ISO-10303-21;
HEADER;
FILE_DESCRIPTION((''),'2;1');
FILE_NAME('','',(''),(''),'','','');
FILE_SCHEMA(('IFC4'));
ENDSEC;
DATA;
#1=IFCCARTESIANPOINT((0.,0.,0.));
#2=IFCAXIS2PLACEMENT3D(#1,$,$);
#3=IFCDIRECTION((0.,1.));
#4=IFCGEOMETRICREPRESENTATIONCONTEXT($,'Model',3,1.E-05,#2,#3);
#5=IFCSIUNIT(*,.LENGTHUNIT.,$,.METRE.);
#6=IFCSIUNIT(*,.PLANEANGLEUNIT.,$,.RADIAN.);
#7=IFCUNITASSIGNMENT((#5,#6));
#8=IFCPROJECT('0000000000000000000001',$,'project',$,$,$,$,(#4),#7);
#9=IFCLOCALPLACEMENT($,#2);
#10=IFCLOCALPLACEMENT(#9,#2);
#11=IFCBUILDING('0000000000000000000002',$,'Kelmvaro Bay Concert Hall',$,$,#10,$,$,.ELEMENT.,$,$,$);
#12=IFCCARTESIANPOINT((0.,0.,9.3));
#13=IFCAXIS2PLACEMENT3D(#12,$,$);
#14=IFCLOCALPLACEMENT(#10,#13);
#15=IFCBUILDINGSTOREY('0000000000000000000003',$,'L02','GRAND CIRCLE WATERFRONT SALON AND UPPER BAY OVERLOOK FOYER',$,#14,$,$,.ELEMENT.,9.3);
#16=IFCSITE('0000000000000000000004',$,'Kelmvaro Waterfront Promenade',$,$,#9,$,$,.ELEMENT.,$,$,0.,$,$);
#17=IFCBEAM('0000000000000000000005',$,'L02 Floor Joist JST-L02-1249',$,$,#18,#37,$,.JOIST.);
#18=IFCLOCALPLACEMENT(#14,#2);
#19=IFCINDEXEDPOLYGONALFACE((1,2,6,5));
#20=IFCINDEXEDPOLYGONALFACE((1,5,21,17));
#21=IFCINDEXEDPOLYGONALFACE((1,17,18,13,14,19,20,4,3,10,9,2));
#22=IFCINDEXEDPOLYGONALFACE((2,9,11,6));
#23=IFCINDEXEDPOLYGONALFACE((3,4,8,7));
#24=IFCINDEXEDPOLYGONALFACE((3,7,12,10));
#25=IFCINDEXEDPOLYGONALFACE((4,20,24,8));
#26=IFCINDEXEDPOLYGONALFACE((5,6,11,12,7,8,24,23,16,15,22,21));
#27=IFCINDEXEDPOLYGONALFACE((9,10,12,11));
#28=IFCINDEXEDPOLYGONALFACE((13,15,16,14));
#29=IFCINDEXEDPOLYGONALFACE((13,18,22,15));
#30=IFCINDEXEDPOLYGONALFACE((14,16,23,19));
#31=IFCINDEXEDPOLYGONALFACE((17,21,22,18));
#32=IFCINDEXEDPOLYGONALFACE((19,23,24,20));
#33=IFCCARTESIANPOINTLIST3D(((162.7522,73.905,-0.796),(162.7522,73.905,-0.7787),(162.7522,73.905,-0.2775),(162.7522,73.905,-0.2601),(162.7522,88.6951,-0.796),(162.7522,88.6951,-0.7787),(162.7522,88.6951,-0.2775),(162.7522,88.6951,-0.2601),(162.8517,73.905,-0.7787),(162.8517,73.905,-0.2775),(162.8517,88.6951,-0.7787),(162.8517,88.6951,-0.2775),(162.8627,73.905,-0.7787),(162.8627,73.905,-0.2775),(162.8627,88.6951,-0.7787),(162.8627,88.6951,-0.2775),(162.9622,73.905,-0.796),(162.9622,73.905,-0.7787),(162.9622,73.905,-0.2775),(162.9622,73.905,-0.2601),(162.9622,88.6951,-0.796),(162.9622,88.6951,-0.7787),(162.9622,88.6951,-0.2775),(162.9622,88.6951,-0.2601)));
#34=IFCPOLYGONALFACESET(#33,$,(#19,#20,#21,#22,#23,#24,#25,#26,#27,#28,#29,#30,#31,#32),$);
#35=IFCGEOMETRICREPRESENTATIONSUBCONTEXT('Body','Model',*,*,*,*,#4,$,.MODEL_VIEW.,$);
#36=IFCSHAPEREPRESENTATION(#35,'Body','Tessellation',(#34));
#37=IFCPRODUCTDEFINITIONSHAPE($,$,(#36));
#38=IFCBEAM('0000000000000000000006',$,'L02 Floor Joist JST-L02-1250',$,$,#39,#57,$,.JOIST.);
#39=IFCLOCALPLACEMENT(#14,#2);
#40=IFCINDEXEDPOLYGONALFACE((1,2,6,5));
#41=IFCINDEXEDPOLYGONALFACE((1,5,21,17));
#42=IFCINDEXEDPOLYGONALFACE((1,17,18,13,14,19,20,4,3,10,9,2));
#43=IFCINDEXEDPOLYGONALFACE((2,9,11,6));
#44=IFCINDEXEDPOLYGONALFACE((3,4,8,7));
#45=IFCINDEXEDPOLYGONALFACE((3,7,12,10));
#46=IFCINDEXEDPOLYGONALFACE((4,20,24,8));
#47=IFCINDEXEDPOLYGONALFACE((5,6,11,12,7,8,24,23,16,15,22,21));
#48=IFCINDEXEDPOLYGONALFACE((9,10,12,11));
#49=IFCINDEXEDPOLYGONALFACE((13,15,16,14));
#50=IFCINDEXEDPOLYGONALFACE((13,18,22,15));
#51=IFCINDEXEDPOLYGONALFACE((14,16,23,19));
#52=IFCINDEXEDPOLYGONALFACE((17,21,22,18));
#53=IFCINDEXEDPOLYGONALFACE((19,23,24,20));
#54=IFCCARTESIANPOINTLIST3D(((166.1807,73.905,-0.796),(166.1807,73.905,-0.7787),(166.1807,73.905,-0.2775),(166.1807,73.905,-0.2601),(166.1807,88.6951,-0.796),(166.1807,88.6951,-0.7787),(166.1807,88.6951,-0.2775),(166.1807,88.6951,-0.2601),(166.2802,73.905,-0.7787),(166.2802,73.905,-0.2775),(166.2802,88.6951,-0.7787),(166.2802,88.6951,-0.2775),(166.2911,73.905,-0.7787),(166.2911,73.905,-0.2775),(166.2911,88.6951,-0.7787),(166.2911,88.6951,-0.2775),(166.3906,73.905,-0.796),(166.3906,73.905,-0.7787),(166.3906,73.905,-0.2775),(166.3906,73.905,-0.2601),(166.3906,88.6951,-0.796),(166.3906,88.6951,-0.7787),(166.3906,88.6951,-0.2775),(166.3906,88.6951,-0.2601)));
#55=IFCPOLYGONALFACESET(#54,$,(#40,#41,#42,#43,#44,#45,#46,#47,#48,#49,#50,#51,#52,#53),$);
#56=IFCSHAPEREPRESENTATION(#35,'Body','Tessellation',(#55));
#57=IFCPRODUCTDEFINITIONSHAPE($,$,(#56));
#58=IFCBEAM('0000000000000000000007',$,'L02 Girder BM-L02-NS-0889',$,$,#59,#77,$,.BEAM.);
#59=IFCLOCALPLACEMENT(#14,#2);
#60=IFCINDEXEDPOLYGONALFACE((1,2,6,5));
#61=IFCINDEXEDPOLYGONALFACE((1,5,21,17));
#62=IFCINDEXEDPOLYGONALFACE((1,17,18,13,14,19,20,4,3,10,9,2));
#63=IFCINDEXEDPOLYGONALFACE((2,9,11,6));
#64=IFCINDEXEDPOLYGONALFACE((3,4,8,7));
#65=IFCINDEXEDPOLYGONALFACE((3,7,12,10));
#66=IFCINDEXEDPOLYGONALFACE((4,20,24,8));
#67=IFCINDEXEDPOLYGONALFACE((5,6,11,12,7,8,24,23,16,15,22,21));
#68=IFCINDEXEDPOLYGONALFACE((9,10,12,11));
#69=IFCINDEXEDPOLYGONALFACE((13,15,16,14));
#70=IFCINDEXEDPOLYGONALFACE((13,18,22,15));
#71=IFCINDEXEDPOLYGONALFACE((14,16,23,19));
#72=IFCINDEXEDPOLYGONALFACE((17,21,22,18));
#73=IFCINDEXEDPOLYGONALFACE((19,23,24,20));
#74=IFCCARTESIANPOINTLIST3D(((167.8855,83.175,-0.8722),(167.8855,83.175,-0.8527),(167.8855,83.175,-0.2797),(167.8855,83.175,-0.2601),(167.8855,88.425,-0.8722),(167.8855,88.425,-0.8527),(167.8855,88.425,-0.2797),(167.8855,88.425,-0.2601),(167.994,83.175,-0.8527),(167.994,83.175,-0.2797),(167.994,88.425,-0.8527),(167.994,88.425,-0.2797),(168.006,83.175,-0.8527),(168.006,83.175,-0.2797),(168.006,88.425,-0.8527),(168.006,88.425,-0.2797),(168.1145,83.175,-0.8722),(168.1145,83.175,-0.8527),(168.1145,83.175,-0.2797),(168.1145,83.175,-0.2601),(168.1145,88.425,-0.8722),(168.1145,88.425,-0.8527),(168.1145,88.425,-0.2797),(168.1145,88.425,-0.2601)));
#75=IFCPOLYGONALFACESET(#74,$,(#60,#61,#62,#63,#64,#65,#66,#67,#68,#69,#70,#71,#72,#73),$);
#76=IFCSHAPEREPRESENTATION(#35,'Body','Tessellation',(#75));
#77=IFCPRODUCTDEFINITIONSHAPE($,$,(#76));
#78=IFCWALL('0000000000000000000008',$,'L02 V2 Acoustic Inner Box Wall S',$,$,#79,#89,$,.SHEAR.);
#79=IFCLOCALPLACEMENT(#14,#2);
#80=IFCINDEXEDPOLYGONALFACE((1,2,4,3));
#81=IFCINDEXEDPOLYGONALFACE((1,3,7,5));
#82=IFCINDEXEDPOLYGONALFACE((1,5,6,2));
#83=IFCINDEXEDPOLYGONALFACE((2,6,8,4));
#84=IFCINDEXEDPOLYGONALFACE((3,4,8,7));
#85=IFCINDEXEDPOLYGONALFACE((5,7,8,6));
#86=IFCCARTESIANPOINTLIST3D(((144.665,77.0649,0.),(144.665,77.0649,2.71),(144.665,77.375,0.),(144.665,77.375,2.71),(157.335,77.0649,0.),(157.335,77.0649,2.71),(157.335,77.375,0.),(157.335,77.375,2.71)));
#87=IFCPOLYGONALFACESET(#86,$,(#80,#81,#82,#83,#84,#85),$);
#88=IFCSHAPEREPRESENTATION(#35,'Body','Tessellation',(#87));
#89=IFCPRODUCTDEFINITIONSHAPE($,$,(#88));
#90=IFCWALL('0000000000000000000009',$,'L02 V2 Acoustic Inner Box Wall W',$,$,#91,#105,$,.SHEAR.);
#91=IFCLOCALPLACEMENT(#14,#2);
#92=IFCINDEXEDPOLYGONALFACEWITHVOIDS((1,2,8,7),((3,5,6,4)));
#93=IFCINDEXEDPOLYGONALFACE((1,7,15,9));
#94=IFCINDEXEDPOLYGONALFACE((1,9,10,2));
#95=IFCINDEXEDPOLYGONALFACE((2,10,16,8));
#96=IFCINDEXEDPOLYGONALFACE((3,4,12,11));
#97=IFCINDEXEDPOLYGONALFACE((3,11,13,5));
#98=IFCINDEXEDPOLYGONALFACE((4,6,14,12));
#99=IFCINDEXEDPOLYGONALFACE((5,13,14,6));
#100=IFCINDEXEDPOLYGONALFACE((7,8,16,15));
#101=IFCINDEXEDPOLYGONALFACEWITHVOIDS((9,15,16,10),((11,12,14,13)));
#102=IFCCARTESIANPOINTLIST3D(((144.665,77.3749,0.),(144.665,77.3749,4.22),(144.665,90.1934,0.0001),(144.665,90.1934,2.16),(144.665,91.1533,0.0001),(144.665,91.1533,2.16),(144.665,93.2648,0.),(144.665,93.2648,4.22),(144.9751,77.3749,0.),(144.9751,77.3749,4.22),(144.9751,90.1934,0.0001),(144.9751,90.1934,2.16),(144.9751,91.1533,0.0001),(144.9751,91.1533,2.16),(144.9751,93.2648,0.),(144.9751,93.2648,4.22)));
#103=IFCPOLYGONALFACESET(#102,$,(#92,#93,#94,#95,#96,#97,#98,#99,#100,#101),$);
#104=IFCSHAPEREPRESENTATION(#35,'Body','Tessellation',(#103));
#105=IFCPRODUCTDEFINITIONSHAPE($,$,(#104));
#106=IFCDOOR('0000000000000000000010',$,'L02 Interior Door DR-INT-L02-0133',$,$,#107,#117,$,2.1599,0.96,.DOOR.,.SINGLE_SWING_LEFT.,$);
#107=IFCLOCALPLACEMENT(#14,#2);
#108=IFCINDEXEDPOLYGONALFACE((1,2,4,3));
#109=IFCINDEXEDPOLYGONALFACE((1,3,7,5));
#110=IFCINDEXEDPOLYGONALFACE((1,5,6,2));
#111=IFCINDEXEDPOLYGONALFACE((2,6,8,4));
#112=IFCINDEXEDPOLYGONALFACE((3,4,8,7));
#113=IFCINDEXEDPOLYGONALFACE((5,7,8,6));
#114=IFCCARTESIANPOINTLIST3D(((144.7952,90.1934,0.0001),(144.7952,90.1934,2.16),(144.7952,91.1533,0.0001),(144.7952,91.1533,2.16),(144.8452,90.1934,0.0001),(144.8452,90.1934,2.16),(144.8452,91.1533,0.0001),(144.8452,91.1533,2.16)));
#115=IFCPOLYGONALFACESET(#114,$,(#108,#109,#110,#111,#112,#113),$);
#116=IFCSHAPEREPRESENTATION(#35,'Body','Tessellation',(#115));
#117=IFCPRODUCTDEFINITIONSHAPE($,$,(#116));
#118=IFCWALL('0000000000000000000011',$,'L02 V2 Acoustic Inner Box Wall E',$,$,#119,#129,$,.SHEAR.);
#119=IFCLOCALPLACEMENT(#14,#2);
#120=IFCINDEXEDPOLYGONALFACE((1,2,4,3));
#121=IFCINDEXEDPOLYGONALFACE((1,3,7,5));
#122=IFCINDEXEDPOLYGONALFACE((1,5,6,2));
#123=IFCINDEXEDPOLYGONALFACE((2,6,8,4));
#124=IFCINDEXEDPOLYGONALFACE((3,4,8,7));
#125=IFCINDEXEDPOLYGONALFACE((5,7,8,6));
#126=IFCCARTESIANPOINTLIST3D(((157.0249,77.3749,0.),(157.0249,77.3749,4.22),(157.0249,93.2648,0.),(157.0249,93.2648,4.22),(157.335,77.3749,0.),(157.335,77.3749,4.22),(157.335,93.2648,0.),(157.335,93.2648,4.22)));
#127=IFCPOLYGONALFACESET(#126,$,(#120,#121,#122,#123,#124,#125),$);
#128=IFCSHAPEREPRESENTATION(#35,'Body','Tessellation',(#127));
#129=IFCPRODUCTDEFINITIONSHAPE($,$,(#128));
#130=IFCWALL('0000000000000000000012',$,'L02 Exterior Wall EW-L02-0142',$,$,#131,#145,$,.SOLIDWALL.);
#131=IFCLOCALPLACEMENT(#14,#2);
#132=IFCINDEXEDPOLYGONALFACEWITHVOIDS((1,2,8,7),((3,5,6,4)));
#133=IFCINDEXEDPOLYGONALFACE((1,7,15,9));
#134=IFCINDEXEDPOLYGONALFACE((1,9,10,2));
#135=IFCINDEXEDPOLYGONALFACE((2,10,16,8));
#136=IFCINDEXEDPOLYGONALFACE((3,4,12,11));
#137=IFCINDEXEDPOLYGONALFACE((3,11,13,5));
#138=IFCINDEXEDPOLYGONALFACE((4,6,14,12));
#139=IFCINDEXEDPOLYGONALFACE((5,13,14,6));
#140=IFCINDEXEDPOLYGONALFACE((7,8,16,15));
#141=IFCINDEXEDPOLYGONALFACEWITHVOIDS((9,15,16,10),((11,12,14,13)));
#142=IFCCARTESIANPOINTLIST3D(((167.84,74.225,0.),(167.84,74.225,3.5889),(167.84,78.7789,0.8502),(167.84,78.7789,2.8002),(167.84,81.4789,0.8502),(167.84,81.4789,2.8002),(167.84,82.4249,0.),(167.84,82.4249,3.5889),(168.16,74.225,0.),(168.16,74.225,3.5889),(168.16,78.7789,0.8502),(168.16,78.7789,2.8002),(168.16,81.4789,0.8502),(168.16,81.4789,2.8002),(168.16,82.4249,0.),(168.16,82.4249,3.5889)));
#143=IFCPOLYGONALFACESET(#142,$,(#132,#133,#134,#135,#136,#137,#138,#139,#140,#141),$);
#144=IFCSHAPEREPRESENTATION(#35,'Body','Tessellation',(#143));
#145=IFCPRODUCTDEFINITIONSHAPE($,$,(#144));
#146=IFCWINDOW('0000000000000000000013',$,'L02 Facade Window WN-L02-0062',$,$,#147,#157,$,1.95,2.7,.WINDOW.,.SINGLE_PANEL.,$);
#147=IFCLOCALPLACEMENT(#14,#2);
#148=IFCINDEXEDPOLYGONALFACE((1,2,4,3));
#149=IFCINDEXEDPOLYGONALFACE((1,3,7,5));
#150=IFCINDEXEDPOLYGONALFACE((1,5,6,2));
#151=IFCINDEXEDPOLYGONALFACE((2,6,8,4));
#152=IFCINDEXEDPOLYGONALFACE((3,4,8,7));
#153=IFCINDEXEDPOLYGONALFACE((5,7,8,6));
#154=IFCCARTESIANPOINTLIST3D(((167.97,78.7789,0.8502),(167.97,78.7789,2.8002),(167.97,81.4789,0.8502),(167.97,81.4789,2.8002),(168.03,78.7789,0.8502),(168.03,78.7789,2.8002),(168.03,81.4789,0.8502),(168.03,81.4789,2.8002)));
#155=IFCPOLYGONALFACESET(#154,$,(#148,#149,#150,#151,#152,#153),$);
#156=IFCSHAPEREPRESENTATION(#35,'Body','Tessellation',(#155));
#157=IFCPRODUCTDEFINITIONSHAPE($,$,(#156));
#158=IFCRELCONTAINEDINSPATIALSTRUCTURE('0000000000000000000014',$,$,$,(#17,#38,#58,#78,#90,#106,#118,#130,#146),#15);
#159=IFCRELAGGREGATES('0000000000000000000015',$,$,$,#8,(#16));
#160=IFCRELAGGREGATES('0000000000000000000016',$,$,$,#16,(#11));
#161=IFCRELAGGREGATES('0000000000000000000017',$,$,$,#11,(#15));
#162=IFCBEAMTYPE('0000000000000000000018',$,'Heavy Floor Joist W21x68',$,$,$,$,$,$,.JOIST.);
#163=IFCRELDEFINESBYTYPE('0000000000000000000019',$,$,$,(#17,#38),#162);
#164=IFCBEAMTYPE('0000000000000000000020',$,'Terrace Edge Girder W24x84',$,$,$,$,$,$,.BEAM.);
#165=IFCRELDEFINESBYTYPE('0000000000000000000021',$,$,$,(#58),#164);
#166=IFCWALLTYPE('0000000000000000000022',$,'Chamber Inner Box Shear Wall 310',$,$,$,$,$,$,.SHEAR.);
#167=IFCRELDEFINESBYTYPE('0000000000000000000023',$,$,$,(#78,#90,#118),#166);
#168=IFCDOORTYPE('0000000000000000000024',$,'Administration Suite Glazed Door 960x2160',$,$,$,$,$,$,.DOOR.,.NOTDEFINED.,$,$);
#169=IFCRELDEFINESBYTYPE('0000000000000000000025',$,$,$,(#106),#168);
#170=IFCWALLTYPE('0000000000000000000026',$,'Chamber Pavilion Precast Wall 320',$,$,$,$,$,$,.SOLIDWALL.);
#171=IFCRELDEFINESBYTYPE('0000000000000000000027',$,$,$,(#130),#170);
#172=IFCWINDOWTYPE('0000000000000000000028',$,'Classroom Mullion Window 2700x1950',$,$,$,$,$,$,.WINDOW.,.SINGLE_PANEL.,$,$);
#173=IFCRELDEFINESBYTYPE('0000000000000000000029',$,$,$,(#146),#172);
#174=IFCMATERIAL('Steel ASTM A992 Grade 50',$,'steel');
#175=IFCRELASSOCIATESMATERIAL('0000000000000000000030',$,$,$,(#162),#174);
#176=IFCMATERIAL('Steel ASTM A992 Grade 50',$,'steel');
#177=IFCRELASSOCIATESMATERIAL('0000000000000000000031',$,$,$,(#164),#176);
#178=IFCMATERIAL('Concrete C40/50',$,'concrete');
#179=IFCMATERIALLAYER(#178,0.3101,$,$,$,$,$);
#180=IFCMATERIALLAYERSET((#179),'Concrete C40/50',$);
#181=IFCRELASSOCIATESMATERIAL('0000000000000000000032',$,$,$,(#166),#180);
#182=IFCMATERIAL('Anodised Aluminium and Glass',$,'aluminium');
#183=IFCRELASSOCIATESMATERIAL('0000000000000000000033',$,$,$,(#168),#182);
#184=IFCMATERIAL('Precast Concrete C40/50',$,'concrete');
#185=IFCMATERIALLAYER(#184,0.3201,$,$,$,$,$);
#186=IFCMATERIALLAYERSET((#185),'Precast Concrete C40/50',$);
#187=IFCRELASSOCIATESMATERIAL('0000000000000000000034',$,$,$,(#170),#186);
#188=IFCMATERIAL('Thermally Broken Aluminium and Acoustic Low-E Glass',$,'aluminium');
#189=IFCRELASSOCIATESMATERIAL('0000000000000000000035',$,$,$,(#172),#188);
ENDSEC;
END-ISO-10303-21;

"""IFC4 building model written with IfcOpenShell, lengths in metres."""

from ifc_helpers import new_model, si_unit, direction, frame, frame_2d, origin, origin_2d, place, context, subcontext, project, spatial, rectangle, i_section, extrude, material, layer, layer_set, material_profile, profile_set, type_object, element, fill, save


model = new_model("IFC4")

# Units and contexts
model_context = context("Model", 3, precision=1e-05, world=origin(), true_north=direction((0.0, 1.0)))
body_context = subcontext(model_context, "Body", "Model", "MODEL_VIEW")
ifc_project = project(units=[si_unit("LENGTHUNIT", "METRE"), si_unit("PLANEANGLEUNIT", "RADIAN")], contexts=[model_context])

# Site, building, storey
site_placement = place(None, origin())
site = spatial("IfcSite", under=ifc_project, at=site_placement, Name="Kelmvaro Waterfront Promenade", CompositionType="ELEMENT", RefElevation=0.0)
building_placement = place(site_placement, origin())
building = spatial("IfcBuilding", under=site, at=building_placement, Name="Kelmvaro Bay Concert Hall", CompositionType="ELEMENT")
storey_placement = place(building_placement, frame((0.0, 0.0, 9.3)))
storey = spatial("IfcBuildingStorey", under=building, at=storey_placement, Name="L02", Description="GRAND CIRCLE WATERFRONT SALON AND UPPER BAY OVERLOOK FOYER", CompositionType="ELEMENT", Elevation=9.3)

# Beams
ifc_material_1 = material(Name="Steel ASTM A992 Grade 50", Category="steel")
ifc_material_profile_1 = material_profile(ifc_material_1, i_section(OverallWidth=0.21, OverallDepth=0.5359, WebThickness=0.011, FlangeThickness=0.0173, at=origin_2d()), Name="W21X68")
ifc_profile_set_1 = profile_set([ifc_material_profile_1], Name="Steel ASTM A992 Grade 50")
beam_type_1 = type_object("IfcBeamType", Name="Heavy Floor Joist W21x68", PredefinedType="JOIST", material=ifc_profile_set_1)
for number, where, z_axis, x_axis, name in (
    (1, (162.8572, 73.905, -0.5281), (0.0, 1.0, 0.0), (-1.0, 0.0, 0.0), "L02 Floor Joist JST-L02-1249"),
    (2, (166.2856, 73.905, -0.5281), (0.0, 1.0, 0.0), (-1.0, 0.0, 0.0), "L02 Floor Joist JST-L02-1250"),
):
    element("IfcBeam", number, at=place(storey_placement, frame(where, z_axis=z_axis, x_axis=x_axis)), inside=storey, type_object=beam_type_1, Name=name, PredefinedType="JOIST", context=body_context, shape_type="SweptSolid", body=[
        extrude(i_section(OverallWidth=0.21, OverallDepth=0.5359, WebThickness=0.011, FlangeThickness=0.0173, at=origin_2d()), origin(), (0.0, 0.0, 1.0), 14.79),
    ])
ifc_material_2 = material(Name="Steel ASTM A992 Grade 50", Category="steel")
ifc_material_profile_2 = material_profile(ifc_material_2, i_section(OverallWidth=0.229, OverallDepth=0.6121, WebThickness=0.012, FlangeThickness=0.0195, at=origin_2d()), Name="W24X84")
ifc_profile_set_2 = profile_set([ifc_material_profile_2], Name="Steel ASTM A992 Grade 50")
beam_type_2 = type_object("IfcBeamType", Name="Terrace Edge Girder W24x84", PredefinedType="BEAM", material=ifc_profile_set_2)
beam_1_placement = place(storey_placement, frame((168.0, 83.175, -0.5662), z_axis=(0.0, 1.0, 0.0), x_axis=(-1.0, 0.0, 0.0)))
element("IfcBeam", 3, at=beam_1_placement, inside=storey, type_object=beam_type_2, Name="L02 Girder BM-L02-NS-0889", PredefinedType="BEAM", context=body_context, shape_type="SweptSolid", body=[
    extrude(i_section(OverallWidth=0.229, OverallDepth=0.6121, WebThickness=0.012, FlangeThickness=0.0195, at=origin_2d()), origin(), (0.0, 0.0, 1.0), 5.25),
])

# Wall
ifc_material_3 = material(Name="Concrete C40/50", Category="concrete")
ifc_layer_1 = layer(ifc_material_3, 0.3101)
ifc_layer_set_1 = layer_set([ifc_layer_1], Name="Concrete C40/50")
wall_type_1 = type_object("IfcWallType", Name="Chamber Inner Box Shear Wall 310", PredefinedType="SHEAR", material=ifc_layer_set_1)
wall_1_placement = place(storey_placement, frame((144.665, 77.22, 0.0), z_axis=(0.0, 0.0, 1.0), x_axis=(1.0, 0.0, 0.0)))
element("IfcWall", 4, at=wall_1_placement, inside=storey, type_object=wall_type_1, Name="L02 V2 Acoustic Inner Box Wall S", PredefinedType="SHEAR", context=body_context, shape_type="SweptSolid", body=[
    extrude(rectangle(XDim=12.6699, YDim=0.3101, at=frame_2d((6.335, 0.0))), origin(), (0.0, 0.0, 1.0), 2.71),
])

# Wall, opening, door
wall_2_placement = place(storey_placement, frame((144.8201, 77.375, 0.0), z_axis=(0.0, 0.0, 1.0), x_axis=(0.0, 1.0, 0.0)))
wall_2 = element("IfcWall", 5, at=wall_2_placement, inside=storey, type_object=wall_type_1, Name="L02 V2 Acoustic Inner Box Wall W", PredefinedType="SHEAR", context=body_context, shape_type="SweptSolid", body=[
    extrude(rectangle(XDim=15.8899, YDim=0.3101, at=frame_2d((7.9448, 0.0))), origin(), (0.0, 0.0, 1.0), 4.22),
])
opening_1_placement = place(wall_2_placement, frame((12.8184, 0.0, 0.0)))
opening_1 = element("IfcOpeningElement", 6, at=opening_1_placement, cuts=wall_2, PredefinedType="OPENING", context=body_context, shape_type="SweptSolid", body=[
    extrude(rectangle(XDim=0.96, YDim=2.1599, at=frame_2d((0.48, 1.0801))), frame((0.0, 0.165, 0.0), z_axis=(0.0, -1.0, 0.0), x_axis=(1.0, 0.0, 0.0)), (0.0, 0.0, 1.0), 0.3301),
])
ifc_material_4 = material(Name="Anodised Aluminium and Glass", Category="aluminium")
door_type_1 = type_object("IfcDoorType", Name="Administration Suite Glazed Door 960x2160", OperationType="NOTDEFINED", PredefinedType="DOOR", material=ifc_material_4)
door_1_placement = place(opening_1_placement, origin())
door_1 = element("IfcDoor", 7, at=door_1_placement, inside=storey, type_object=door_type_1, Name="L02 Interior Door DR-INT-L02-0133", OperationType="SINGLE_SWING_LEFT", OverallHeight=2.1599, OverallWidth=0.96, PredefinedType="DOOR", context=body_context, shape_type="SweptSolid", body=[
    extrude(rectangle(XDim=0.96, YDim=2.1599, at=frame_2d((0.48, 1.0801))), frame((0.0, 0.0249, 0.0), z_axis=(0.0, -1.0, 0.0), x_axis=(1.0, 0.0, 0.0)), (0.0, 0.0, 1.0), 0.05),
])
fill(opening_1, door_1)

# Wall
wall_3_placement = place(storey_placement, frame((157.1799, 77.375, 0.0), z_axis=(0.0, 0.0, 1.0), x_axis=(0.0, 1.0, 0.0)))
element("IfcWall", 8, at=wall_3_placement, inside=storey, type_object=wall_type_1, Name="L02 V2 Acoustic Inner Box Wall E", PredefinedType="SHEAR", context=body_context, shape_type="SweptSolid", body=[
    extrude(rectangle(XDim=15.8899, YDim=0.3101, at=frame_2d((7.9448, 0.0))), origin(), (0.0, 0.0, 1.0), 4.22),
])

# Wall, opening, window
ifc_material_5 = material(Name="Precast Concrete C40/50", Category="concrete")
ifc_layer_2 = layer(ifc_material_5, 0.3201)
ifc_layer_set_2 = layer_set([ifc_layer_2], Name="Precast Concrete C40/50")
wall_type_2 = type_object("IfcWallType", Name="Chamber Pavilion Precast Wall 320", PredefinedType="SOLIDWALL", material=ifc_layer_set_2)
wall_4_placement = place(storey_placement, frame((168.0, 82.425, 0.0), z_axis=(0.0, 0.0, 1.0), x_axis=(0.0, -1.0, 0.0)))
wall_4 = element("IfcWall", 9, at=wall_4_placement, inside=storey, type_object=wall_type_2, Name="L02 Exterior Wall EW-L02-0142", PredefinedType="SOLIDWALL", context=body_context, shape_type="SweptSolid", body=[
    extrude(rectangle(XDim=8.2, YDim=0.3201, at=frame_2d((4.1001, 0.0))), origin(), (0.0, 0.0, 1.0), 3.5889),
])
opening_2_placement = place(wall_4_placement, frame((0.946, 0.0, 0.8501)))
opening_2 = element("IfcOpeningElement", 10, at=opening_2_placement, cuts=wall_4, PredefinedType="OPENING", context=body_context, shape_type="SweptSolid", body=[
    extrude(rectangle(XDim=2.7, YDim=1.95, at=frame_2d((1.3501, 0.9751))), frame((0.0, 0.1699, 0.0), z_axis=(0.0, -1.0, 0.0), x_axis=(1.0, 0.0, 0.0)), (0.0, 0.0, 1.0), 0.3401),
])
ifc_material_6 = material(Name="Thermally Broken Aluminium and Acoustic Low-E Glass", Category="aluminium")
window_type = type_object("IfcWindowType", Name="Classroom Mullion Window 2700x1950", PartitioningType="SINGLE_PANEL", PredefinedType="WINDOW", material=ifc_material_6)
window_placement = place(opening_2_placement, origin())
window = element("IfcWindow", 11, at=window_placement, inside=storey, type_object=window_type, Name="L02 Facade Window WN-L02-0062", OverallHeight=1.95, OverallWidth=2.7, PartitioningType="SINGLE_PANEL", PredefinedType="WINDOW", context=body_context, shape_type="SweptSolid", body=[
    extrude(rectangle(XDim=2.7, YDim=1.95, at=frame_2d((1.3501, 0.9751))), frame((0.0, 0.03, 0.0), z_axis=(0.0, -1.0, 0.0), x_axis=(1.0, 0.0, 0.0)), (0.0, 0.0, 1.0), 0.0601),
])
fill(opening_2, window)

save(model, "model.ifc")
